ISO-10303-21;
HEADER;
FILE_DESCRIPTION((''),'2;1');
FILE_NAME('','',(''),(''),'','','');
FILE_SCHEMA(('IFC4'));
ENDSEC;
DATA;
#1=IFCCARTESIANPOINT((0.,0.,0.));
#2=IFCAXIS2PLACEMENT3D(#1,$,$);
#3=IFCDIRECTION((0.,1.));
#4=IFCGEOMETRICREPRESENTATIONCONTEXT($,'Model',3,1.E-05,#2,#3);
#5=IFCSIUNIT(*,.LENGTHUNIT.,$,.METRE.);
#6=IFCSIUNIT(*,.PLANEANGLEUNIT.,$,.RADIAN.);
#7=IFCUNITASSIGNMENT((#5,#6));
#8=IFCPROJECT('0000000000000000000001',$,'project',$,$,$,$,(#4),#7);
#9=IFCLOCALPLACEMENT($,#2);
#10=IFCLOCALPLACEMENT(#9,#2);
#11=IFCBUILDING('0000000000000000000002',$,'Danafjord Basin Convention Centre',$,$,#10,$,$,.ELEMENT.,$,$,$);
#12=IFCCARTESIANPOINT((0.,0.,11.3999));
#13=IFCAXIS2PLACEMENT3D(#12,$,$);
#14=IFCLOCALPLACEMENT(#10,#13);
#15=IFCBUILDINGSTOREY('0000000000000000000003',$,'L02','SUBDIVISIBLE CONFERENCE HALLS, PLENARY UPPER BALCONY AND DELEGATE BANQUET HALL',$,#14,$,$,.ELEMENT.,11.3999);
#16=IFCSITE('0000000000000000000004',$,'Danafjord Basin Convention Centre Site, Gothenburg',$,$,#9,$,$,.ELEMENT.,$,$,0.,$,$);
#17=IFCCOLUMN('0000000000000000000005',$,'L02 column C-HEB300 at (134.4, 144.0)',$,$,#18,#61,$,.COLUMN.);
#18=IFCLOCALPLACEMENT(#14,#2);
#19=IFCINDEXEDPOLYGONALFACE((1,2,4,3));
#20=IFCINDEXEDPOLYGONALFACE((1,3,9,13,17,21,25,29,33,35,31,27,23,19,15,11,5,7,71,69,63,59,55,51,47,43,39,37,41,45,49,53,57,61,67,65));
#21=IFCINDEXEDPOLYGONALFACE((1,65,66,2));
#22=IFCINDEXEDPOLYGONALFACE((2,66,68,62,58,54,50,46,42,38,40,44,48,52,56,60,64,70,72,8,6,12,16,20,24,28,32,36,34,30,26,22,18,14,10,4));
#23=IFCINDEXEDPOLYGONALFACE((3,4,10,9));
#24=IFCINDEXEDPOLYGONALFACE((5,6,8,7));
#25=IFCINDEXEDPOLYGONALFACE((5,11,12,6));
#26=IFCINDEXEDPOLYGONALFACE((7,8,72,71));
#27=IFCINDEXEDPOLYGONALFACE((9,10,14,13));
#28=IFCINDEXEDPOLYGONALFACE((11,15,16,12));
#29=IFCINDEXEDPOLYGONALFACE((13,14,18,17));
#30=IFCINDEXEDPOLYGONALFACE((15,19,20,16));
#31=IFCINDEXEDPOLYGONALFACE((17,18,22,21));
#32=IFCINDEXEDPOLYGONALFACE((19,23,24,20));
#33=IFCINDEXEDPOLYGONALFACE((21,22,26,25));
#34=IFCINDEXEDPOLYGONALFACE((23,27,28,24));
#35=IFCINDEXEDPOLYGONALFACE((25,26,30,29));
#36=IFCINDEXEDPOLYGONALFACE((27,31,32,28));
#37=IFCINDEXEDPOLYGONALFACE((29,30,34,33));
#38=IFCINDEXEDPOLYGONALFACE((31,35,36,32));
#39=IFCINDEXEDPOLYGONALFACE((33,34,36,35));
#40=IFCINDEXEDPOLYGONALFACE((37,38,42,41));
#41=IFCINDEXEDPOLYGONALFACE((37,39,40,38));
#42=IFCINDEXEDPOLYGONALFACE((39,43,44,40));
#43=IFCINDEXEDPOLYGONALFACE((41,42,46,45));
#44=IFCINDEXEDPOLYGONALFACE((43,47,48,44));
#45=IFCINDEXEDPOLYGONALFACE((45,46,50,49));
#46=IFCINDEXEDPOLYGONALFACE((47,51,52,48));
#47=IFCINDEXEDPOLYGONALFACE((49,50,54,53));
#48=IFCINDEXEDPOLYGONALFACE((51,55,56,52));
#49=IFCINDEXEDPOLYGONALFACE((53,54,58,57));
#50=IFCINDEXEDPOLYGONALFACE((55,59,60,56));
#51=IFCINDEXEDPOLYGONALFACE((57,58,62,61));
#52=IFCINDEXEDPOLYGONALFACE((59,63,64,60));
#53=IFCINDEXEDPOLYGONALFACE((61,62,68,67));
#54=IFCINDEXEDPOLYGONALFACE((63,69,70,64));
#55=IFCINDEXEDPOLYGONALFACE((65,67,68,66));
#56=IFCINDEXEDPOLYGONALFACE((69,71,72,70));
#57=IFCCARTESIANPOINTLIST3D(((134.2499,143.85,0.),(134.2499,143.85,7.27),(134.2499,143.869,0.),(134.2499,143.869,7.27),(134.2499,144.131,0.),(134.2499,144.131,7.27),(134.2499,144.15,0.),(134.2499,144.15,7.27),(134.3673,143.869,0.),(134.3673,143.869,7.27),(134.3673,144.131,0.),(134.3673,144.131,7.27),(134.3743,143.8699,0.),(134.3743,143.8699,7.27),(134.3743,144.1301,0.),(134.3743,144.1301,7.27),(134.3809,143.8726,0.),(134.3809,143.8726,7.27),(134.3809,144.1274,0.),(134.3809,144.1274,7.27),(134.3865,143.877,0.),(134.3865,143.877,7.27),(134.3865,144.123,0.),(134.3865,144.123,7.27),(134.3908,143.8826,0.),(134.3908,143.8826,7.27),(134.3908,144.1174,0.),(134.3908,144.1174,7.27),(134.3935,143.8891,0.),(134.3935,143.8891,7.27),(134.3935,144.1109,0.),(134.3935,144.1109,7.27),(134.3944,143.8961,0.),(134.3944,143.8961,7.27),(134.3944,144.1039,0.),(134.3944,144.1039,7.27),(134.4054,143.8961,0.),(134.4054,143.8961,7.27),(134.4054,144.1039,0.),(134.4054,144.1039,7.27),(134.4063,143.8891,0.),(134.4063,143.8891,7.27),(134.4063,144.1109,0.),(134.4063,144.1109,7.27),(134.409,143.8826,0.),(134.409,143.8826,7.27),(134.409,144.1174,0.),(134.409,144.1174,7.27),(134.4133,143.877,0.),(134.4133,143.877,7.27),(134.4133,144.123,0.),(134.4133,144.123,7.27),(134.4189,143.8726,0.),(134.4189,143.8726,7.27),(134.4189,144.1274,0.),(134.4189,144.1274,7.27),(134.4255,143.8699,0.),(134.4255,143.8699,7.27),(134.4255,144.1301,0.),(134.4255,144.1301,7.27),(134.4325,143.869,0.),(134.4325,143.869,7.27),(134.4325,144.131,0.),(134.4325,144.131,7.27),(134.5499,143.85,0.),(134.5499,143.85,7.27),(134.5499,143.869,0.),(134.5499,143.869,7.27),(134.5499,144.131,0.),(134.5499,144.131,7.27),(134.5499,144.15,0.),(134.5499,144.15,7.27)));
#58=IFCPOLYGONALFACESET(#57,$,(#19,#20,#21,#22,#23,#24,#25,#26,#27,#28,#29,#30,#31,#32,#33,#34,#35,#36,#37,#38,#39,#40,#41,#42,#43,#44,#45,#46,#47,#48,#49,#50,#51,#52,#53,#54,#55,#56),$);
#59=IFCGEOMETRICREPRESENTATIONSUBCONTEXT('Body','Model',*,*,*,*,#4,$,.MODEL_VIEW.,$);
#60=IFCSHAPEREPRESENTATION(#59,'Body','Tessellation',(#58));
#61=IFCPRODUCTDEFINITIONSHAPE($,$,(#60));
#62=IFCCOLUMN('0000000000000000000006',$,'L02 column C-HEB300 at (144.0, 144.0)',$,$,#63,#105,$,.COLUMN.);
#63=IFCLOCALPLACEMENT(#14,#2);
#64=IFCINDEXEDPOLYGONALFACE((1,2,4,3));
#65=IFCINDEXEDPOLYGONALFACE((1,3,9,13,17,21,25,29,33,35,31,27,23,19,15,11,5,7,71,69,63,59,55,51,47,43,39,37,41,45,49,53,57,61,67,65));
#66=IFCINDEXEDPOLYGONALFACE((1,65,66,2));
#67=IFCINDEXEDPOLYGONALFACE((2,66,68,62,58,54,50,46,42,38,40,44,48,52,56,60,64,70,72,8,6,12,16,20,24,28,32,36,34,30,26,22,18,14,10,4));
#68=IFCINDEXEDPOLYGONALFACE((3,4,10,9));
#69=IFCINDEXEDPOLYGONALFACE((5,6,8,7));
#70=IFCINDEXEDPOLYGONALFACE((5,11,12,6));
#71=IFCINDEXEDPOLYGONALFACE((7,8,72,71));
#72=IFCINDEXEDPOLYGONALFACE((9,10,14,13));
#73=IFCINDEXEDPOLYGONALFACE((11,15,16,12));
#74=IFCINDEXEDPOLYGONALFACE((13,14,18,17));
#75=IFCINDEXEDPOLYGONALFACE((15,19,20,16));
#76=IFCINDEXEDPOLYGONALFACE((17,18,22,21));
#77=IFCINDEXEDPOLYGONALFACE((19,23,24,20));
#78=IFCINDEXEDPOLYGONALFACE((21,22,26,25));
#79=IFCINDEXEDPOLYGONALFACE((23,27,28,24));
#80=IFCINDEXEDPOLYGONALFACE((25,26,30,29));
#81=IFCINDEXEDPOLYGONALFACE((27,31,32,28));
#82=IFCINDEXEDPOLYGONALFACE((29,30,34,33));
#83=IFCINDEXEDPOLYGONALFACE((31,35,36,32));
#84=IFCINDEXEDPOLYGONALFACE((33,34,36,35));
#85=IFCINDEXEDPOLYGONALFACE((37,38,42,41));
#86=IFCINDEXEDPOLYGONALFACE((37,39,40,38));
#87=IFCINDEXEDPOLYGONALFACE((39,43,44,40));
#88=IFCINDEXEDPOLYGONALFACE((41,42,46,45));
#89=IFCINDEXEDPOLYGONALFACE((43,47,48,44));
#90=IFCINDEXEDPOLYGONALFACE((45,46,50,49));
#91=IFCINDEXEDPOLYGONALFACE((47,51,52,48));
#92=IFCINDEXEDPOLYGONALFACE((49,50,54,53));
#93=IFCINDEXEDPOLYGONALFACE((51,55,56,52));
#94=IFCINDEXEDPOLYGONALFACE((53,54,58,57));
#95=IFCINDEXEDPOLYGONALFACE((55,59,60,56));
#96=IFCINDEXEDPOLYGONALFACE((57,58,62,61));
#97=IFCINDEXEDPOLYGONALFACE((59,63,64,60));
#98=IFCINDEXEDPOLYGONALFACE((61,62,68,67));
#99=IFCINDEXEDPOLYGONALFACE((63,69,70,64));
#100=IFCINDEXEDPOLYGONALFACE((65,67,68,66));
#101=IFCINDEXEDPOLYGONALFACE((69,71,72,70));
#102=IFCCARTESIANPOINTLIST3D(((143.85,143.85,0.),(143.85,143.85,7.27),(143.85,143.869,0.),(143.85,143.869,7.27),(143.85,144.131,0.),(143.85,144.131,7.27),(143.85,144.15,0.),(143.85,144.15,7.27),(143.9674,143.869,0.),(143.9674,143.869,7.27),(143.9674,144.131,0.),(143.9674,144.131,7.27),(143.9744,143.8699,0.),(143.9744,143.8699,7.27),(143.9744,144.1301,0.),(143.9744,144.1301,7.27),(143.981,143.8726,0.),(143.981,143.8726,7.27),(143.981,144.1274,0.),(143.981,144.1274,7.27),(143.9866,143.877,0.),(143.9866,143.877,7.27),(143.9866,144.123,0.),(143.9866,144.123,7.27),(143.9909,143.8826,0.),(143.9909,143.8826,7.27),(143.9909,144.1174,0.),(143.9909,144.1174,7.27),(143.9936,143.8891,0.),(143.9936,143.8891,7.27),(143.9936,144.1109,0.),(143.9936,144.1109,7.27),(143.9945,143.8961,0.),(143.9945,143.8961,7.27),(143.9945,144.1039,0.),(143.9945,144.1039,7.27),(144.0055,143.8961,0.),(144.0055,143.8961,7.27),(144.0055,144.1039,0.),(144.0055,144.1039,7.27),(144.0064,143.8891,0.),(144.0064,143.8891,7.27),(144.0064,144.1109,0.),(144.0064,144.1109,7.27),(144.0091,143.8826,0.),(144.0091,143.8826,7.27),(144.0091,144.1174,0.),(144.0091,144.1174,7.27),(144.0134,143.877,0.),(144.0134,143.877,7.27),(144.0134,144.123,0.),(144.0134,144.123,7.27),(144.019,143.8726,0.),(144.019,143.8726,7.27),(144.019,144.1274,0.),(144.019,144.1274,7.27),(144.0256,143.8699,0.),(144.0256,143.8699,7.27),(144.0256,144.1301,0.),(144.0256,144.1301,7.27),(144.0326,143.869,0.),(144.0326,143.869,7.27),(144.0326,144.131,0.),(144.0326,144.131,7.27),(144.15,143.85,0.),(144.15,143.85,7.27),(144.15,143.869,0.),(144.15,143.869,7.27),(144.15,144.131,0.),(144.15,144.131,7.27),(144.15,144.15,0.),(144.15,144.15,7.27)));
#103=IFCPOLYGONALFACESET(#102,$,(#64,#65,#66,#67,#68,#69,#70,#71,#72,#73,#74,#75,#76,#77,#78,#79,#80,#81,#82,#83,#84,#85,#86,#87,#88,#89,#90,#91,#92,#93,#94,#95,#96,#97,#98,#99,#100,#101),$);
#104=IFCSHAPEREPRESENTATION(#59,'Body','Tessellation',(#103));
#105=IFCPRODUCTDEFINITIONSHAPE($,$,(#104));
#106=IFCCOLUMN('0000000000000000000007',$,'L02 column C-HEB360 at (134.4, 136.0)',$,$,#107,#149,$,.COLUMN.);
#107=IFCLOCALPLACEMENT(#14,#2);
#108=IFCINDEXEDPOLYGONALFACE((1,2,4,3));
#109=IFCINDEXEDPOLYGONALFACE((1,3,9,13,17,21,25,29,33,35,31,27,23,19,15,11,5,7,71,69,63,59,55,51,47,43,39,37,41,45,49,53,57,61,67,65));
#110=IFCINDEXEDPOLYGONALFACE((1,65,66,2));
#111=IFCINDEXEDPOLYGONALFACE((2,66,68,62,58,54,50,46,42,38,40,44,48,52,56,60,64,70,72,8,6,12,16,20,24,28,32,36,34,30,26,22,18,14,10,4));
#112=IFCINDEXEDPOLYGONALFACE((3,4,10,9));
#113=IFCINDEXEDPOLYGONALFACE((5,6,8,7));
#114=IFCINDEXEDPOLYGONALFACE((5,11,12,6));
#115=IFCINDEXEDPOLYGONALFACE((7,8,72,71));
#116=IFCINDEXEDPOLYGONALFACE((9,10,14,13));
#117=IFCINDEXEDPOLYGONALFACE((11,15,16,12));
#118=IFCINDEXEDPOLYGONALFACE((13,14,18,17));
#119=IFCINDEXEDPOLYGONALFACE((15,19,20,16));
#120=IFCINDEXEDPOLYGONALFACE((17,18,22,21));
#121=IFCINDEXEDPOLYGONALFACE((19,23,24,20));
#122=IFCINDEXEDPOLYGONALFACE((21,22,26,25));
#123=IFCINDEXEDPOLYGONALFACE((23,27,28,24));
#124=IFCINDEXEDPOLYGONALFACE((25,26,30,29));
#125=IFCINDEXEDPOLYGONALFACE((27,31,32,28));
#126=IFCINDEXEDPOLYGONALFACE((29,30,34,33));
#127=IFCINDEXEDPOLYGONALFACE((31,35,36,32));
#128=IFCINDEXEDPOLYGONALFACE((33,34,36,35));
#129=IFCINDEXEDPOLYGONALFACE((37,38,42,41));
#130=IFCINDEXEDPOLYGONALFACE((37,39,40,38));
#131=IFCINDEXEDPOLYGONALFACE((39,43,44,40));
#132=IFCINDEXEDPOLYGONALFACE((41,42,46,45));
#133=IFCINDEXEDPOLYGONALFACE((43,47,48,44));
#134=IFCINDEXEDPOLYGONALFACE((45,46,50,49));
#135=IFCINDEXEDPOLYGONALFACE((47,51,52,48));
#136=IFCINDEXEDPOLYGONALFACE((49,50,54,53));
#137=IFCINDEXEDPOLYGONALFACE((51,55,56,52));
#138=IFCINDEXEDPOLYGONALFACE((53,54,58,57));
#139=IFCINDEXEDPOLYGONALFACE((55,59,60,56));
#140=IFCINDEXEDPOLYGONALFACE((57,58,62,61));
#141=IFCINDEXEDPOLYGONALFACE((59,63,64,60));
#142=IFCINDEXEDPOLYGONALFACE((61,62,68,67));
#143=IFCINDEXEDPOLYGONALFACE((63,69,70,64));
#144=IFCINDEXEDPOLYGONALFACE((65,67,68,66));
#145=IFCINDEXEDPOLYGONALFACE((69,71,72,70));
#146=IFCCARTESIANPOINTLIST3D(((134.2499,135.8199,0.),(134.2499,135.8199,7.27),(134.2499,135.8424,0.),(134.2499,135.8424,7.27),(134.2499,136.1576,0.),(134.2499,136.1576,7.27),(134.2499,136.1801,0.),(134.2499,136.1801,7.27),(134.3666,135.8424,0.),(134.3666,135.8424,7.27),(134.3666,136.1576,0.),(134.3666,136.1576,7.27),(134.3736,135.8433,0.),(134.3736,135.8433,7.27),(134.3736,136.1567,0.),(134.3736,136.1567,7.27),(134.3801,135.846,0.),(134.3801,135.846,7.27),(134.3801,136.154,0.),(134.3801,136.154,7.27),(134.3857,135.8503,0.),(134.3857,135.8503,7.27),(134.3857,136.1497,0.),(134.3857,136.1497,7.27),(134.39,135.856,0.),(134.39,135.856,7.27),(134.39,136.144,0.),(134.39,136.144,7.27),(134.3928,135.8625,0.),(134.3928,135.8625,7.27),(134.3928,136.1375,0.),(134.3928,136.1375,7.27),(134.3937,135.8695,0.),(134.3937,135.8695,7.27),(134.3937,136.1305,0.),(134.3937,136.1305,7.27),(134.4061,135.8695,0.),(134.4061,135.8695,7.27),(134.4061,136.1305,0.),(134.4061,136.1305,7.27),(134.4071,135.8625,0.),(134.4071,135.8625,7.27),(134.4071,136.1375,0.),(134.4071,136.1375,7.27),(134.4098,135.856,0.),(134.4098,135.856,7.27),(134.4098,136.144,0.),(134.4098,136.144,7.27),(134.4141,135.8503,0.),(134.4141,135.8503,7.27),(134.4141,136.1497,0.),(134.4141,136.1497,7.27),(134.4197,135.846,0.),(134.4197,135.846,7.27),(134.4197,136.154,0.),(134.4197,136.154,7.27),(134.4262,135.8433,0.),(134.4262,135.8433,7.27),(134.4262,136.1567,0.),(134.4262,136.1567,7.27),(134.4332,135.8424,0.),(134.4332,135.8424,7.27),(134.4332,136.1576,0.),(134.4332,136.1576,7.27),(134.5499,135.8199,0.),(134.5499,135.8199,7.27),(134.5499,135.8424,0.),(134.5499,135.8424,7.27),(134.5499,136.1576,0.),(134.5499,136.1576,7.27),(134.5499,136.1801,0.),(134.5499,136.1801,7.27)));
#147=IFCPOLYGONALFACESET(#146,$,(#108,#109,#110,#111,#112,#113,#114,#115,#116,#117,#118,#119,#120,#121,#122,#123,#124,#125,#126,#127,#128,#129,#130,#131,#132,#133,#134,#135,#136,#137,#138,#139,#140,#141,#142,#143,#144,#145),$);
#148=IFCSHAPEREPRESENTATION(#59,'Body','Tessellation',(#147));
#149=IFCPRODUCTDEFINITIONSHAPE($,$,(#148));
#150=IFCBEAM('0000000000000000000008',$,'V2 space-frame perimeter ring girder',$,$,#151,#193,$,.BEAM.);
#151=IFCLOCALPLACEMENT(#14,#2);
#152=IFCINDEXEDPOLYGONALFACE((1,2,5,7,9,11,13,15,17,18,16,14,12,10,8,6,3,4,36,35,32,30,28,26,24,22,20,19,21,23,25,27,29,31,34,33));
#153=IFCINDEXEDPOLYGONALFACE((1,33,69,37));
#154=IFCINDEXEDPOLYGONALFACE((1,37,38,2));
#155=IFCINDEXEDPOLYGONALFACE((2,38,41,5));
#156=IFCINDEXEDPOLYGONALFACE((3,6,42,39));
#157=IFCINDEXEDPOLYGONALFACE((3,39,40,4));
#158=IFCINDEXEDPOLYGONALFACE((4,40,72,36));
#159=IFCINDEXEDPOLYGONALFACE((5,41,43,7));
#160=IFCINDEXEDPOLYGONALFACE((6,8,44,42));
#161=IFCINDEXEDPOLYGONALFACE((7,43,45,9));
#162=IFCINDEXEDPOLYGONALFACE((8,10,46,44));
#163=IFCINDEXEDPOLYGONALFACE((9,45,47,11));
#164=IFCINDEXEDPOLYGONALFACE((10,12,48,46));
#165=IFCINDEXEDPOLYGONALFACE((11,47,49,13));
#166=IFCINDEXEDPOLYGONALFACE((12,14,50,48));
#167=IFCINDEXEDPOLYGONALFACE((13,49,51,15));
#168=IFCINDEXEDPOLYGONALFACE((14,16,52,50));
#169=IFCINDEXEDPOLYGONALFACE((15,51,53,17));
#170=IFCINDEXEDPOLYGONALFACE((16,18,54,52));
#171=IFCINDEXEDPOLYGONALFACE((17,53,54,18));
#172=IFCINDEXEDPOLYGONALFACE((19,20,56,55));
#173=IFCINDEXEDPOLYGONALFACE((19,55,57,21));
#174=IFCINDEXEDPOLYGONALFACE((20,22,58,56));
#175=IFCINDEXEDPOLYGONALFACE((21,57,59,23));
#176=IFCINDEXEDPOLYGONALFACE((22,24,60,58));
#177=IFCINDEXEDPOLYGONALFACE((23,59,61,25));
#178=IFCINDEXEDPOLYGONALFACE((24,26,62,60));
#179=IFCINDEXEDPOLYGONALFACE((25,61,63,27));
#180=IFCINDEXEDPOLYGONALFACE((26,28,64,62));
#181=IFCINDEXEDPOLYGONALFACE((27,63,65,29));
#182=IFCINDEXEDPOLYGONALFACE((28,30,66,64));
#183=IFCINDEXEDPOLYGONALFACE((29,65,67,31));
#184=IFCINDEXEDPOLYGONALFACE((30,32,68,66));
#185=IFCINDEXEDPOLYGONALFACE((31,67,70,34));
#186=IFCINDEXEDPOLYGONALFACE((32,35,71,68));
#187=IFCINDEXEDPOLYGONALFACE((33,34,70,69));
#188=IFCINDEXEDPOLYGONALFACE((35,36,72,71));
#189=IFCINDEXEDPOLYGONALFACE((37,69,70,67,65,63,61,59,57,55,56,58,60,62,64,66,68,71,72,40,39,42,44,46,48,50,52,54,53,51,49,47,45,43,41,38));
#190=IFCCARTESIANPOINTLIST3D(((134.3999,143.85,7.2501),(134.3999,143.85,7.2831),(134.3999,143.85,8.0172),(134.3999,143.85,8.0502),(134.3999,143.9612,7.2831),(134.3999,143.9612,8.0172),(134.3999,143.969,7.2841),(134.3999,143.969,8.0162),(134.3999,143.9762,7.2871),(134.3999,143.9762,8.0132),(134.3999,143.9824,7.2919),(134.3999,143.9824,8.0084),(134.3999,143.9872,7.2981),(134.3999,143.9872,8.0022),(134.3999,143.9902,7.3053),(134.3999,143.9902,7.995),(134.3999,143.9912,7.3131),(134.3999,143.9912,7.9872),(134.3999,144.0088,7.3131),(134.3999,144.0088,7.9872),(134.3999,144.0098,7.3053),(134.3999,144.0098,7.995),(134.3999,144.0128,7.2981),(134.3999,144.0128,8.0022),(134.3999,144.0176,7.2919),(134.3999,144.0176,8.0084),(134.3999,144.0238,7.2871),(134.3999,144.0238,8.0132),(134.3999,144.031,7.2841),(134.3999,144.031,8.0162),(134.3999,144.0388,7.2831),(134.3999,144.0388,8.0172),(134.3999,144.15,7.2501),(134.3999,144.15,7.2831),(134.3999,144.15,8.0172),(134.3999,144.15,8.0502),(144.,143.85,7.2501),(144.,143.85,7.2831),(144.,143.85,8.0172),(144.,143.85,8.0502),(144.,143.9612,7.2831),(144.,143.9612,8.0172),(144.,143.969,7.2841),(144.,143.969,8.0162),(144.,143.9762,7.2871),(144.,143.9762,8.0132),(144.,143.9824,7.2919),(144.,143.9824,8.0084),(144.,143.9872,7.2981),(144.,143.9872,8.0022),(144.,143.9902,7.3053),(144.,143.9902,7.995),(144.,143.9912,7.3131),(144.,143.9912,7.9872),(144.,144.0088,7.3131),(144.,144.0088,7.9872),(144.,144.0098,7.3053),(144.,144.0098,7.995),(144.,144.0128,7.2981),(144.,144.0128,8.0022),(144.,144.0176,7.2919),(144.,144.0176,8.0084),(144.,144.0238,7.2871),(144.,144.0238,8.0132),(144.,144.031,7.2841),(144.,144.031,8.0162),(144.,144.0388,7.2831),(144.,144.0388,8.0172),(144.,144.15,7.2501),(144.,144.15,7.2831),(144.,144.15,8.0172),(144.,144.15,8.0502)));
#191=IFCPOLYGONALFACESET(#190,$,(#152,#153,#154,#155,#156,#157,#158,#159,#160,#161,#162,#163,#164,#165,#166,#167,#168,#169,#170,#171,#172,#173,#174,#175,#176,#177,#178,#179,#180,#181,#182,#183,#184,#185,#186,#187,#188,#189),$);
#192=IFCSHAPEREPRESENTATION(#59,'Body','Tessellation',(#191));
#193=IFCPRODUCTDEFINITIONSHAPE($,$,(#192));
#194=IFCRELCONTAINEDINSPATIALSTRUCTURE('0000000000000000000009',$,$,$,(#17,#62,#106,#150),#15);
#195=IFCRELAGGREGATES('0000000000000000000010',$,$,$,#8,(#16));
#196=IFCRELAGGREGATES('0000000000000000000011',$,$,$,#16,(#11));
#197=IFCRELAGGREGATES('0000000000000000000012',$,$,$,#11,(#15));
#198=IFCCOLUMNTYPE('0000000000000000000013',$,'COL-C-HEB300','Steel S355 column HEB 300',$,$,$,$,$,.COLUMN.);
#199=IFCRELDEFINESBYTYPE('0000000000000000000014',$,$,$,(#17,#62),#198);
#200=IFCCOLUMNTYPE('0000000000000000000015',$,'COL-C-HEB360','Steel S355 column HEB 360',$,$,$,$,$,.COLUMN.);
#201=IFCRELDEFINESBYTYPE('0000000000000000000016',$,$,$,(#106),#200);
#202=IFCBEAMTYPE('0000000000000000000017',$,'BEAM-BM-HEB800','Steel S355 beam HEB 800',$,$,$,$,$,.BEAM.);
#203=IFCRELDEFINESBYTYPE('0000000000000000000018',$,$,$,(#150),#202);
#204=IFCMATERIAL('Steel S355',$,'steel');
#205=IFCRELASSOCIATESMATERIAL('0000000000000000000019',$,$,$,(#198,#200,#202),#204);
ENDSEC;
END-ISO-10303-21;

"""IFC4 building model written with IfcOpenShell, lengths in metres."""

from ifc_helpers import new_model, si_unit, direction, frame, origin, origin_2d, place, context, subcontext, project, spatial, i_section, extrude, material, material_profile, profile_set, type_object, element, save


model = new_model("IFC4")

# Units and contexts
model_context = context("Model", 3, precision=1e-05, world=origin(), true_north=direction((0.0, 1.0)))
body_context = subcontext(model_context, "Body", "Model", "MODEL_VIEW")
ifc_project = project(units=[si_unit("LENGTHUNIT", "METRE"), si_unit("PLANEANGLEUNIT", "RADIAN")], contexts=[model_context])

# Site, building, storey
site_placement = place(None, origin())
site = spatial("IfcSite", under=ifc_project, at=site_placement, Name="Danafjord Basin Convention Centre Site, Gothenburg", CompositionType="ELEMENT", RefElevation=0.0)
building_placement = place(site_placement, origin())
building = spatial("IfcBuilding", under=site, at=building_placement, Name="Danafjord Basin Convention Centre", CompositionType="ELEMENT")
storey_placement = place(building_placement, frame((0.0, 0.0, 11.3999)))
storey = spatial("IfcBuildingStorey", under=building, at=storey_placement, Name="L02", Description="SUBDIVISIBLE CONFERENCE HALLS, PLENARY UPPER BALCONY AND DELEGATE BANQUET HALL", CompositionType="ELEMENT", Elevation=11.3999)

# Columns
ifc_material_1 = material(Name="Steel S355", Category="steel")
ifc_material_profile_1 = material_profile(ifc_material_1, i_section(OverallWidth=0.3, OverallDepth=0.3, WebThickness=0.011, FlangeThickness=0.019, FilletRadius=0.0271, at=origin_2d()), Name="HEB 300")
ifc_profile_set_1 = profile_set([ifc_material_profile_1], Name="Steel S355")
column_type_1 = type_object("IfcColumnType", Name="COL-C-HEB300", Description="Steel S355 column HEB 300", PredefinedType="COLUMN", material=ifc_profile_set_1)
for number, where, z_axis, x_axis, name in (
    (1, (134.3999, 144.0, 0.0), (0.0, 0.0, 1.0), (1.0, 0.0, 0.0), "L02 column C-HEB300 at (134.4, 144.0)"),
    (2, (144.0, 144.0, 0.0), (0.0, 0.0, 1.0), (1.0, 0.0, 0.0), "L02 column C-HEB300 at (144.0, 144.0)"),
):
    element("IfcColumn", number, at=place(storey_placement, frame(where, z_axis=z_axis, x_axis=x_axis)), inside=storey, type_object=column_type_1, Name=name, PredefinedType="COLUMN", context=body_context, shape_type="SweptSolid", body=[
        extrude(i_section(OverallWidth=0.3, OverallDepth=0.3, WebThickness=0.011, FlangeThickness=0.019, FilletRadius=0.0271, at=origin_2d()), origin(), (0.0, 0.0, 1.0), 7.27),
    ])
ifc_material_profile_2 = material_profile(ifc_material_1, i_section(OverallWidth=0.3, OverallDepth=0.3601, WebThickness=0.0125, FlangeThickness=0.0225, FilletRadius=0.0271, at=origin_2d()), Name="HEB 360")
ifc_profile_set_2 = profile_set([ifc_material_profile_2], Name="Steel S355")
column_type_2 = type_object("IfcColumnType", Name="COL-C-HEB360", Description="Steel S355 column HEB 360", PredefinedType="COLUMN", material=ifc_profile_set_2)
column_placement = place(storey_placement, frame((134.3999, 136.0, 0.0), z_axis=(0.0, 0.0, 1.0), x_axis=(1.0, 0.0, 0.0)))
element("IfcColumn", 3, at=column_placement, inside=storey, type_object=column_type_2, Name="L02 column C-HEB360 at (134.4, 136.0)", PredefinedType="COLUMN", context=body_context, shape_type="SweptSolid", body=[
    extrude(i_section(OverallWidth=0.3, OverallDepth=0.3601, WebThickness=0.0125, FlangeThickness=0.0225, FilletRadius=0.0271, at=origin_2d()), origin(), (0.0, 0.0, 1.0), 7.27),
])

# Beam
ifc_material_profile_3 = material_profile(ifc_material_1, i_section(OverallWidth=0.3, OverallDepth=0.8, WebThickness=0.0176, FlangeThickness=0.033, FilletRadius=0.03, at=origin_2d()), Name="HEB 800")
ifc_profile_set_3 = profile_set([ifc_material_profile_3], Name="Steel S355")
beam_type_1 = type_object("IfcBeamType", Name="BEAM-BM-HEB800", Description="Steel S355 beam HEB 800", PredefinedType="BEAM", material=ifc_profile_set_3)
beam_1_placement = place(storey_placement, frame((134.3999, 144.0, 7.6501), z_axis=(1.0, 0.0, 0.0), x_axis=(0.0, 1.0, 0.0)))
element("IfcBeam", 4, at=beam_1_placement, inside=storey, type_object=beam_type_1, Name="V2 space-frame perimeter ring girder", PredefinedType="BEAM", context=body_context, shape_type="SweptSolid", body=[
    extrude(i_section(OverallWidth=0.3, OverallDepth=0.8, WebThickness=0.0176, FlangeThickness=0.033, FilletRadius=0.03, at=origin_2d()), origin(), (0.0, 0.0, 1.0), 9.6001),
])

save(model, "model.ifc")
